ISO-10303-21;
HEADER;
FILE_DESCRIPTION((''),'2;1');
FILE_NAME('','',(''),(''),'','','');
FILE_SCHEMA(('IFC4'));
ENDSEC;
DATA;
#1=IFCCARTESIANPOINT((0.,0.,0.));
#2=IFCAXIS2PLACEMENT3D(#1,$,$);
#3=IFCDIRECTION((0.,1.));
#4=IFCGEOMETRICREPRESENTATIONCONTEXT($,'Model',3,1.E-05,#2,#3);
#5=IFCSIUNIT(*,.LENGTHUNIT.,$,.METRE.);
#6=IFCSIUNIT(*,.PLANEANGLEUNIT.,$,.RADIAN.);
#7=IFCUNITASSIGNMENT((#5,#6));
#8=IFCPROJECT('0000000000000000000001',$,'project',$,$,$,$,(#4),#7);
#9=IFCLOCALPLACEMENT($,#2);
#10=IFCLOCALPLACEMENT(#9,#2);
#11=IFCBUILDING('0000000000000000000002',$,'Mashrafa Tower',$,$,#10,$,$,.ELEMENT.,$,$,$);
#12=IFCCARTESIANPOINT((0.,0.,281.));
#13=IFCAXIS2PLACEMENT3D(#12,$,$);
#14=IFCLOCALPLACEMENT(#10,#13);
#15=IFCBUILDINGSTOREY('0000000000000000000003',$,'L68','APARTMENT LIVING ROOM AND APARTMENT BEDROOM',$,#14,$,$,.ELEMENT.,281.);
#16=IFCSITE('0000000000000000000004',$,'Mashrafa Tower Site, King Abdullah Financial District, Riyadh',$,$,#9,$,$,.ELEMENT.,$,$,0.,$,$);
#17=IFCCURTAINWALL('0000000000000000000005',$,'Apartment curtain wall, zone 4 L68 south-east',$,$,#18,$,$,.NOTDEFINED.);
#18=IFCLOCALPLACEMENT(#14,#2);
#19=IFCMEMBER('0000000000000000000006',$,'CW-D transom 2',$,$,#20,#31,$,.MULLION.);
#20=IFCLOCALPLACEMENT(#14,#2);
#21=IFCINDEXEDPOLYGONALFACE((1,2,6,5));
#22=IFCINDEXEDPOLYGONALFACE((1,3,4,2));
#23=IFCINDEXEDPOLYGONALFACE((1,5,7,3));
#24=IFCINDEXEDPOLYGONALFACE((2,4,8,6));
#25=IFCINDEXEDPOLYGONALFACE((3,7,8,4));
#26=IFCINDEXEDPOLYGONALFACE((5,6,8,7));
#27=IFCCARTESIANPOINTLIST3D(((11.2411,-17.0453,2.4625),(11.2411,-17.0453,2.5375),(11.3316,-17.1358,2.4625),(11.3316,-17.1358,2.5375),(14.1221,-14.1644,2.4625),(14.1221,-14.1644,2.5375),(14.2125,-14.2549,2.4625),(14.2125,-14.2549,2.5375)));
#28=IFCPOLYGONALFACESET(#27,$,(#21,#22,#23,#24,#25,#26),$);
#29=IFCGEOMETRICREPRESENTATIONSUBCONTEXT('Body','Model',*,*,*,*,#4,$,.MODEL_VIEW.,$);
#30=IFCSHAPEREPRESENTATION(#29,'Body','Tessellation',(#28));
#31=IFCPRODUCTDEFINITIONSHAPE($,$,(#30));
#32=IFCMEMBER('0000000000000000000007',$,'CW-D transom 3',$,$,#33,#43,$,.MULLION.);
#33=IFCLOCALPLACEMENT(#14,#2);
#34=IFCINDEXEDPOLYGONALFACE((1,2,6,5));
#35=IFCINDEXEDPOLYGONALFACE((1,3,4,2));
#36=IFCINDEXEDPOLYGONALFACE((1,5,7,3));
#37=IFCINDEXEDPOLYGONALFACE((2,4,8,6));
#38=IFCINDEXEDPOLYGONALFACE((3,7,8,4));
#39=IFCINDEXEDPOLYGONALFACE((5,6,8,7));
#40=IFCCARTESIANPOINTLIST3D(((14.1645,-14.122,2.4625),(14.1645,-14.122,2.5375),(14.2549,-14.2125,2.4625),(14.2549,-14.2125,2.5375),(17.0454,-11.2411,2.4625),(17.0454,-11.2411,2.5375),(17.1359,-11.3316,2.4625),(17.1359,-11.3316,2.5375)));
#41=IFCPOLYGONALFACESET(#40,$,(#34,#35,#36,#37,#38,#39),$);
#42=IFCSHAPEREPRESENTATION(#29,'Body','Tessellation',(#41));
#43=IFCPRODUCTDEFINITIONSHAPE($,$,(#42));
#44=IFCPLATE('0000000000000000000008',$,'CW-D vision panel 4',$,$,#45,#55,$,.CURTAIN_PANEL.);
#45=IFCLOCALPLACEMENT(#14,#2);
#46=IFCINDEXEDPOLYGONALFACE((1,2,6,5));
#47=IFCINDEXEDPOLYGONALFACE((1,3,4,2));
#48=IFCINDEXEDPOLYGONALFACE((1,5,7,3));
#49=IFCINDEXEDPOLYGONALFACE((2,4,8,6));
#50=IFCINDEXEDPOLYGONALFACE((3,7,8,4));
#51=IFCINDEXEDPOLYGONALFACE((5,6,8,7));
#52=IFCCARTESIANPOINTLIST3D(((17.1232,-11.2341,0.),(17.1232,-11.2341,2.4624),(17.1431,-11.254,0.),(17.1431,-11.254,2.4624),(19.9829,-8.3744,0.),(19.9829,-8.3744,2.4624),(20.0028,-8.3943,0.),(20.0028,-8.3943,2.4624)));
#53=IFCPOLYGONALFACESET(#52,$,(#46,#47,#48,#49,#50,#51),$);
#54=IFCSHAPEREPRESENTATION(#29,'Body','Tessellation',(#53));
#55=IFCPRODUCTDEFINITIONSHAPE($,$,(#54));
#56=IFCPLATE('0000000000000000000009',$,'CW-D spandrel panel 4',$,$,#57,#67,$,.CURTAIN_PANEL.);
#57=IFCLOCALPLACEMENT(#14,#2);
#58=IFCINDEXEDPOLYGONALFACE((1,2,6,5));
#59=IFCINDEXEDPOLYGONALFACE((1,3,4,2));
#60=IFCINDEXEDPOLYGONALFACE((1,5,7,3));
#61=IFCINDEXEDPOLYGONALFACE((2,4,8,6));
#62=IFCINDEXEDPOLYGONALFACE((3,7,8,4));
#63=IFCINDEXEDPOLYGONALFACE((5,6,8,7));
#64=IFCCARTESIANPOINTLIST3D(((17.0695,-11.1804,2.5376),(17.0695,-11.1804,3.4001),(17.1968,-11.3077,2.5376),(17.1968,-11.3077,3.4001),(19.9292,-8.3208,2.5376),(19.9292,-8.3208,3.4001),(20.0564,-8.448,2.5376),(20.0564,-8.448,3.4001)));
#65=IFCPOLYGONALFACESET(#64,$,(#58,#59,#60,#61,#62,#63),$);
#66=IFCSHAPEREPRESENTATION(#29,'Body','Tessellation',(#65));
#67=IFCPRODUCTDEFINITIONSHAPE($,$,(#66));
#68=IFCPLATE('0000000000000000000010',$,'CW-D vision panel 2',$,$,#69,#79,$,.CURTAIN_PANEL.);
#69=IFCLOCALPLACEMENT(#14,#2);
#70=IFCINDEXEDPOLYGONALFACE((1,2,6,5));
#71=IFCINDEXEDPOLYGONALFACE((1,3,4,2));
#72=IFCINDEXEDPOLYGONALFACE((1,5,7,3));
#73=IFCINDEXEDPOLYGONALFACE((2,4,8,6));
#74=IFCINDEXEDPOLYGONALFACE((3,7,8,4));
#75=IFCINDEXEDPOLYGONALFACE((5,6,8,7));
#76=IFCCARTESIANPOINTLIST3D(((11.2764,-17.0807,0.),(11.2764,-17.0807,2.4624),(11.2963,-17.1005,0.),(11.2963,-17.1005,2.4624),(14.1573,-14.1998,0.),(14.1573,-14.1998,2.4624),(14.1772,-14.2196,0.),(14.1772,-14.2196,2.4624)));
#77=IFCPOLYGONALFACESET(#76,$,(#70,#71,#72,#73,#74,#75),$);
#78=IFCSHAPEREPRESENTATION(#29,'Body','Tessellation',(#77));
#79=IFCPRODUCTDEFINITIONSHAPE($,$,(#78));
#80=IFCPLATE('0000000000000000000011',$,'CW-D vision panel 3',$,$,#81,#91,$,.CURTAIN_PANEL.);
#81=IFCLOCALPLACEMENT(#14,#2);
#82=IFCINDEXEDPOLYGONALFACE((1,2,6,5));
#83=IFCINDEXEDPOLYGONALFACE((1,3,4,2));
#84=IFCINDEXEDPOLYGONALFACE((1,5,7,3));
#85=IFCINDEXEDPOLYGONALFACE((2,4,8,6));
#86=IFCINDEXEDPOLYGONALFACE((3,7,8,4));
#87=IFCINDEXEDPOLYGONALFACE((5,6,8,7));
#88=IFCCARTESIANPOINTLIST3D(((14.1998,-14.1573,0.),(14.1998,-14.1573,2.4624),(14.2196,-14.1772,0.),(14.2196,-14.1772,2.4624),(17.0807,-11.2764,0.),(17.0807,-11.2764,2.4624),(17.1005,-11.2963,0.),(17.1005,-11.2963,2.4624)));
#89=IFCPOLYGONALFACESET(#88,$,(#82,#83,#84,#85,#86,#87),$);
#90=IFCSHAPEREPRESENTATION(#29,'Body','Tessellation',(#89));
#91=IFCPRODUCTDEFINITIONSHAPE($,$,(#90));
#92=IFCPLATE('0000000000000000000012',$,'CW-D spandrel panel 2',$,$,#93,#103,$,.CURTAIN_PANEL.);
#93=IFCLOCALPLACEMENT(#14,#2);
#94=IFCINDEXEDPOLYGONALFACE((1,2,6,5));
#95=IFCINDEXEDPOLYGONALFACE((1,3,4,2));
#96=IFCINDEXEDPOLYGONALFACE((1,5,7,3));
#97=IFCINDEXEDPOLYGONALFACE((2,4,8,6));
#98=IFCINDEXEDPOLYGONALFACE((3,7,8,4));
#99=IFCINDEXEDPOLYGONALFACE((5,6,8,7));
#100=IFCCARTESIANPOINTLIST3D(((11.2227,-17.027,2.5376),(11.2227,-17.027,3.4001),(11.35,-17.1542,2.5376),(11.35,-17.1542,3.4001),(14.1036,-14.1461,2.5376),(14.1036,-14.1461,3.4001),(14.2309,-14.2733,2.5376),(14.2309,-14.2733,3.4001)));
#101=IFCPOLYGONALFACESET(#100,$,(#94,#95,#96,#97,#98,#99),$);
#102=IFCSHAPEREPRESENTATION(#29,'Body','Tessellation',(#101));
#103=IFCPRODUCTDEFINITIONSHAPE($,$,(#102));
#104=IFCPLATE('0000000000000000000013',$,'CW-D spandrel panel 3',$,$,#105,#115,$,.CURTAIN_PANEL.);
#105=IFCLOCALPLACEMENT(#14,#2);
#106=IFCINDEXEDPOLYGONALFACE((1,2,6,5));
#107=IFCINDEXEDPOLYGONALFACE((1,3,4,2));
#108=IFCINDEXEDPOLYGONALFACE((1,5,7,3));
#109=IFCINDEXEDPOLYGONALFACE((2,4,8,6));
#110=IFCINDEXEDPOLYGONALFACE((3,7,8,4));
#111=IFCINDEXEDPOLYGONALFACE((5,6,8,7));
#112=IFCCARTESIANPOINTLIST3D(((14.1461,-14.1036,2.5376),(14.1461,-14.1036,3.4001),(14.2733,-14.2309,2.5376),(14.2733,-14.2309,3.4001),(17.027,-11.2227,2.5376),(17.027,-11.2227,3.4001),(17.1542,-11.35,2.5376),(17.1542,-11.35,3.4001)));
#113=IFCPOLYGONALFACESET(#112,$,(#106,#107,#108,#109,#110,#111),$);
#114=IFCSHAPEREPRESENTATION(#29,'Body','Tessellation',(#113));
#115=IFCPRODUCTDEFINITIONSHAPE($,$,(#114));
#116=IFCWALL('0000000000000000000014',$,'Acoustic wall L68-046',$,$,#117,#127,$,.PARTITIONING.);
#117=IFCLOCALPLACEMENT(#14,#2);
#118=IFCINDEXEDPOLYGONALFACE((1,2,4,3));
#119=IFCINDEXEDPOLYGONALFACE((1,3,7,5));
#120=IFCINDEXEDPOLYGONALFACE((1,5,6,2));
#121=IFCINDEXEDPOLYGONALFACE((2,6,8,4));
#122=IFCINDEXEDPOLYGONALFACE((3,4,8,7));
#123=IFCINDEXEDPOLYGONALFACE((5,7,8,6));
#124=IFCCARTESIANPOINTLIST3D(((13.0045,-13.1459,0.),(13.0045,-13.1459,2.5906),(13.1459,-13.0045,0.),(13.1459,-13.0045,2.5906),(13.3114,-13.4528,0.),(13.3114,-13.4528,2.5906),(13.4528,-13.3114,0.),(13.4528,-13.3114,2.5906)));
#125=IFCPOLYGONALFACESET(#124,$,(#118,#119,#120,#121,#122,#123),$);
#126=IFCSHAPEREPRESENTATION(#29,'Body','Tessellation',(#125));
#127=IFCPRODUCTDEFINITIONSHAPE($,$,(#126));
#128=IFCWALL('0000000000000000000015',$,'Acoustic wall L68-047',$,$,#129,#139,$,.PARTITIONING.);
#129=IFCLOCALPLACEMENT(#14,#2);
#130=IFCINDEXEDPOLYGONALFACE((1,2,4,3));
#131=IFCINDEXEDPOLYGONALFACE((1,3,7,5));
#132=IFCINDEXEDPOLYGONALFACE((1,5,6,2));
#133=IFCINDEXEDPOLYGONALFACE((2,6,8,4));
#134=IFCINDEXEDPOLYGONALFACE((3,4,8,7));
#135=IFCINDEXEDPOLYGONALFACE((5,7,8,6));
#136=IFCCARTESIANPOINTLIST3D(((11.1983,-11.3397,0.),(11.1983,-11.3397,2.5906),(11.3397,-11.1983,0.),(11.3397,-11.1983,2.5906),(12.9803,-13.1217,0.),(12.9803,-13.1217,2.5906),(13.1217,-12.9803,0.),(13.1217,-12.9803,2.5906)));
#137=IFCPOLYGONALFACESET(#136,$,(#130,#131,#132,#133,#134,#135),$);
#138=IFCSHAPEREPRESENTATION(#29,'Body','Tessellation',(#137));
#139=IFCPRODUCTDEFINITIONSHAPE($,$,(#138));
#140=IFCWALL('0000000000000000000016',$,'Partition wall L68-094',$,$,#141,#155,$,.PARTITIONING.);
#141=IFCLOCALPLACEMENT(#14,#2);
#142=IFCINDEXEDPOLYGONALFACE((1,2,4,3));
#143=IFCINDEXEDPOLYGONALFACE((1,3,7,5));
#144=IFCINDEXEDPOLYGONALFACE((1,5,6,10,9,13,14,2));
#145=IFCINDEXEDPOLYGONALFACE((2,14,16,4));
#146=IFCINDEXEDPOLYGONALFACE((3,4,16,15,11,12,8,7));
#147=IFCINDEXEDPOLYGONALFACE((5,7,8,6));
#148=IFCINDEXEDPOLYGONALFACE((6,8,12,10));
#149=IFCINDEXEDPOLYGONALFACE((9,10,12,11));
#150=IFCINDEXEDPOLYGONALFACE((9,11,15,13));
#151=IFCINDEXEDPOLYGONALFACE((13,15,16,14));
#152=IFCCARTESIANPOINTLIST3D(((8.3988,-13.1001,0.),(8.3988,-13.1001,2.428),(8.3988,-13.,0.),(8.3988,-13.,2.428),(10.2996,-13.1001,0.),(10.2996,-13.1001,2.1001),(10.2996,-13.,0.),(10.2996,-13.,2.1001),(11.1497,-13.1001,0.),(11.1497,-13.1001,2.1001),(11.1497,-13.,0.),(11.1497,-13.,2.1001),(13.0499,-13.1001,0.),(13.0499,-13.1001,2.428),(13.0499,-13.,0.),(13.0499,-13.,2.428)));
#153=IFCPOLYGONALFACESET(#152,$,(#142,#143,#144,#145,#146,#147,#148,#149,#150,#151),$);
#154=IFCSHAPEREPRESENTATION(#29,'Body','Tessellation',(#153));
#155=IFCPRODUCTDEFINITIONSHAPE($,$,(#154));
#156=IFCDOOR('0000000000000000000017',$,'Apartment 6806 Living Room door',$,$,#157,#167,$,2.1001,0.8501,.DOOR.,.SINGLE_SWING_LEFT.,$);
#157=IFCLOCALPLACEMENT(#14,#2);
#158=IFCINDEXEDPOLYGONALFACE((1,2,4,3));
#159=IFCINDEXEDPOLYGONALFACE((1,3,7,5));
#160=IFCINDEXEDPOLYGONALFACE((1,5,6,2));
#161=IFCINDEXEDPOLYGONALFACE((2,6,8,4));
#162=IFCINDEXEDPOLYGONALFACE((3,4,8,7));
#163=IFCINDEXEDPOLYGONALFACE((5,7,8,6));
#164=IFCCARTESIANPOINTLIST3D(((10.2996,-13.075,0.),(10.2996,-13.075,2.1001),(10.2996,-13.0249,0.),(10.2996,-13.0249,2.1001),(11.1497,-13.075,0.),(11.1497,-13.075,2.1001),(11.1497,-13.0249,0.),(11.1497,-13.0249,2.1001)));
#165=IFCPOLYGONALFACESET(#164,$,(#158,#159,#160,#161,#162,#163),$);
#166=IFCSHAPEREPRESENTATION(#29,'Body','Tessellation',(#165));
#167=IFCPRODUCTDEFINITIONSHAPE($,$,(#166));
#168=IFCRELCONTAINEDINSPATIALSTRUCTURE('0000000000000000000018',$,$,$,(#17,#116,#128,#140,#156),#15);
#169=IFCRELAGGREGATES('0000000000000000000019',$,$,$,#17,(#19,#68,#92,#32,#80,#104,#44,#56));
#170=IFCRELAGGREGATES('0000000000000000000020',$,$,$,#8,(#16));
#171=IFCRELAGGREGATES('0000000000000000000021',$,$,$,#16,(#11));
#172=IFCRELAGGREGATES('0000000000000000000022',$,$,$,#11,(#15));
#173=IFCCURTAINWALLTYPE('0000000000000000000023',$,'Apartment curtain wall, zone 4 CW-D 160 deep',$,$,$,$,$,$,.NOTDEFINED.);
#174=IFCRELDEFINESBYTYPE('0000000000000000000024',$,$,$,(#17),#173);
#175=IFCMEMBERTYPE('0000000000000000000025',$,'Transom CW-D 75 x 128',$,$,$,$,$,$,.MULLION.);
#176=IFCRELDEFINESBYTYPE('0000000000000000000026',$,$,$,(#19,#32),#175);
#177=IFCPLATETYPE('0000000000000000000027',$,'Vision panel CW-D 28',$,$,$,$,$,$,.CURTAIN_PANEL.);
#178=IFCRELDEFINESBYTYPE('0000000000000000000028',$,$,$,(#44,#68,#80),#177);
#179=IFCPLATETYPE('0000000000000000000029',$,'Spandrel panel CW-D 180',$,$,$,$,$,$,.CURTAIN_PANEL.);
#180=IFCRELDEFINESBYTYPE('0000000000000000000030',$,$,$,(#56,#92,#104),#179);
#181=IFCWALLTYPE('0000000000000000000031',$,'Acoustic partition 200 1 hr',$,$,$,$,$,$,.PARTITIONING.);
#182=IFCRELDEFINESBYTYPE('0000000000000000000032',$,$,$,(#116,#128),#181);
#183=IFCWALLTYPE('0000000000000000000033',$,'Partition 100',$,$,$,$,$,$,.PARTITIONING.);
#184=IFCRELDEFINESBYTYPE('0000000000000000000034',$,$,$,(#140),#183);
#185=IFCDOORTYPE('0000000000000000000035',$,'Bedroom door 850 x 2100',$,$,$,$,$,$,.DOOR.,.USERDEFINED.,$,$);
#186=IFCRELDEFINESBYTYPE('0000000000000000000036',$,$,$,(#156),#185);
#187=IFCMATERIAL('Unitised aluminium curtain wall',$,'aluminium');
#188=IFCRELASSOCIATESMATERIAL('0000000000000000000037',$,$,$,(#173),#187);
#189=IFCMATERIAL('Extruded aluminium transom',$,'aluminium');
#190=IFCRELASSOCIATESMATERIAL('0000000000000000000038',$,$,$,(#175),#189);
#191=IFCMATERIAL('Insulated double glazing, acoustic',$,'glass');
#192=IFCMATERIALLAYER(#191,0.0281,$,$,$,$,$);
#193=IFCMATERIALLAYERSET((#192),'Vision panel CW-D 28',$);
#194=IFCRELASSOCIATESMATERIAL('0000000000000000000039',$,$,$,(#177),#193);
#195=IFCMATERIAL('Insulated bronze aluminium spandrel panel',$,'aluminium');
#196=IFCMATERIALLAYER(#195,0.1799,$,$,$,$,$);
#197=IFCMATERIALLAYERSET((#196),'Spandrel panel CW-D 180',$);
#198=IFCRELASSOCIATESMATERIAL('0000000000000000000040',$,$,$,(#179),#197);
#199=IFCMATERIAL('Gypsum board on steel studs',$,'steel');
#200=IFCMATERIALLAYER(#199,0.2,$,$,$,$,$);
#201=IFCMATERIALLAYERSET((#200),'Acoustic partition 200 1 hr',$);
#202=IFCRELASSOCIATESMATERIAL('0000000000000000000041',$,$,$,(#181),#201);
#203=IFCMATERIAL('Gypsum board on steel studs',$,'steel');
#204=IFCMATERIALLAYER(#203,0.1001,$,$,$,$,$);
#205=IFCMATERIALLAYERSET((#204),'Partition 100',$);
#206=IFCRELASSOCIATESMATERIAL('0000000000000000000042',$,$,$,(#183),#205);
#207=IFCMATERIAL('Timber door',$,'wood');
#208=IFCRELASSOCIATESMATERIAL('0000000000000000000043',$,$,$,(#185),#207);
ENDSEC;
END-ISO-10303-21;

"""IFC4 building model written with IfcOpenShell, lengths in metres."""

from ifc_helpers import new_model, si_unit, direction, frame, frame_2d, origin, origin_2d, place, context, subcontext, project, spatial, rectangle, extrude, source, transform, mapped, material, layer, layer_set, material_profile, profile_set, type_object, type_shapes, element, fill, aggregate, save


model = new_model("IFC4")

# Units and contexts
model_context = context("Model", 3, precision=1e-05, world=origin(), true_north=direction((0.0, 1.0)))
body_context = subcontext(model_context, "Body", "Model", "MODEL_VIEW")
ifc_project = project(units=[si_unit("LENGTHUNIT", "METRE"), si_unit("PLANEANGLEUNIT", "RADIAN")], contexts=[model_context])

# Site, building, storey
site_placement = place(None, origin())
site = spatial("IfcSite", under=ifc_project, at=site_placement, Name="Mashrafa Tower Site, King Abdullah Financial District, Riyadh", CompositionType="ELEMENT", RefElevation=0.0)
building_placement = place(site_placement, origin())
building = spatial("IfcBuilding", under=site, at=building_placement, Name="Mashrafa Tower", CompositionType="ELEMENT")
storey_placement = place(building_placement, frame((0.0, 0.0, 281.0)))
storey = spatial("IfcBuildingStorey", under=building, at=storey_placement, Name="L68", Description="APARTMENT LIVING ROOM AND APARTMENT BEDROOM", CompositionType="ELEMENT", Elevation=281.0)

# Shared definitions
ifc_material_1 = material(Name="Unitised aluminium curtain wall", Category="aluminium")
curtain_wall_type = type_object("IfcCurtainWallType", Name="Apartment curtain wall, zone 4 CW-D 160 deep", PredefinedType="NOTDEFINED", material=ifc_material_1)

# Curtain wall, members, plates
curtain_wall_1_placement = place(storey_placement, origin())
curtain_wall_1 = element("IfcCurtainWall", 1, at=curtain_wall_1_placement, inside=storey, type_object=curtain_wall_type, Name="Apartment curtain wall, zone 4 L68 south-east", PredefinedType="NOTDEFINED")
ifc_material_2 = material(Name="Extruded aluminium transom", Category="aluminium")
ifc_material_profile_1 = material_profile(ifc_material_2, rectangle(XDim=0.1279, YDim=0.075, at=origin_2d()), Name="Transom 75x128")
ifc_profile_set_1 = profile_set([ifc_material_profile_1], Name="Extruded aluminium transom")
member_type_1 = type_object("IfcMemberType", Name="Transom CW-D 75 x 128", PredefinedType="MULLION", material=ifc_profile_set_1)
shared_shape_1 = source(origin(), body_context, "Body", "SweptSolid", [
    extrude(rectangle(XDim=0.1279, YDim=0.075, at=origin_2d()), origin(), (0.0, 0.0, 1.0), 4.0742),
])
member_1_placement = place(storey_placement, frame((11.2864, -17.0906, 2.5), z_axis=(0.707107, 0.707107, 0.0), x_axis=(-0.707107, 0.707107, 0.0)))
member_1 = element("IfcMember", 2, at=member_1_placement, type_object=member_type_1, Name="CW-D transom 2", PredefinedType="MULLION", context=body_context, shape_type="MappedRepresentation", body=[
    mapped(shared_shape_1, transform((0.0, 0.0, 0.0))),
])
member_2_placement = place(storey_placement, frame((14.2097, -14.1672, 2.5), z_axis=(0.707107, 0.707107, 0.0), x_axis=(-0.707107, 0.707107, 0.0)))
member_2 = element("IfcMember", 3, at=member_2_placement, type_object=member_type_1, Name="CW-D transom 3", PredefinedType="MULLION", context=body_context, shape_type="MappedRepresentation", body=[
    mapped(shared_shape_1, transform((0.0, 0.0, 0.0))),
])
ifc_material_3 = material(Name="Insulated double glazing, acoustic", Category="glass")
ifc_layer_1 = layer(ifc_material_3, 0.0281)
ifc_layer_set_1 = layer_set([ifc_layer_1], Name="Vision panel CW-D 28")
plate_type_1 = type_object("IfcPlateType", Name="Vision panel CW-D 28", PredefinedType="CURTAIN_PANEL", material=ifc_layer_set_1)
shared_shape_2 = source(origin(), body_context, "Body", "SweptSolid", [
    extrude(rectangle(XDim=4.0442, YDim=0.0281, at=origin_2d()), origin(), (0.0, 0.0, 1.0), 2.4624),
])
plate_1_placement = place(storey_placement, frame((18.563, -9.8142, 0.0), z_axis=(0.0, 0.0, 1.0), x_axis=(0.707107, 0.707107, 0.0)))
plate_1 = element("IfcPlate", 4, at=plate_1_placement, type_object=plate_type_1, Name="CW-D vision panel 4", PredefinedType="CURTAIN_PANEL", context=body_context, shape_type="MappedRepresentation", body=[
    mapped(shared_shape_2, transform((0.0, 0.0, 0.0))),
])
ifc_material_4 = material(Name="Insulated bronze aluminium spandrel panel", Category="aluminium")
ifc_layer_2 = layer(ifc_material_4, 0.1799)
ifc_layer_set_2 = layer_set([ifc_layer_2], Name="Spandrel panel CW-D 180")
plate_type_2 = type_object("IfcPlateType", Name="Spandrel panel CW-D 180", PredefinedType="CURTAIN_PANEL", material=ifc_layer_set_2)
shared_shape_3 = source(origin(), body_context, "Body", "SweptSolid", [
    extrude(rectangle(XDim=4.0442, YDim=0.1799, at=origin_2d()), origin(), (0.0, 0.0, 1.0), 0.8625),
])
plate_2_placement = place(storey_placement, frame((18.563, -9.8142, 2.5376), z_axis=(0.0, 0.0, 1.0), x_axis=(0.707107, 0.707107, 0.0)))
plate_2 = element("IfcPlate", 5, at=plate_2_placement, type_object=plate_type_2, Name="CW-D spandrel panel 4", PredefinedType="CURTAIN_PANEL", context=body_context, shape_type="MappedRepresentation", body=[
    mapped(shared_shape_3, transform((0.0, 0.0, 0.0))),
])
shared_shape_4 = source(origin(), body_context, "Body", "SweptSolid", [
    extrude(rectangle(XDim=4.0742, YDim=0.0281, at=origin_2d()), origin(), (0.0, 0.0, 1.0), 2.4624),
])
type_shapes(plate_type_1, [shared_shape_2, shared_shape_4])
plate_3_placement = place(storey_placement, frame((12.7268, -15.6501, 0.0), z_axis=(0.0, 0.0, 1.0), x_axis=(0.707107, 0.707107, 0.0)))
plate_3 = element("IfcPlate", 6, at=plate_3_placement, type_object=plate_type_1, Name="CW-D vision panel 2", PredefinedType="CURTAIN_PANEL", context=body_context, shape_type="MappedRepresentation", body=[
    mapped(shared_shape_4, transform((0.0, 0.0, 0.0))),
])
plate_4_placement = place(storey_placement, frame((15.6501, -12.7268, 0.0), z_axis=(0.0, 0.0, 1.0), x_axis=(0.707107, 0.707107, 0.0)))
plate_4 = element("IfcPlate", 7, at=plate_4_placement, type_object=plate_type_1, Name="CW-D vision panel 3", PredefinedType="CURTAIN_PANEL", context=body_context, shape_type="MappedRepresentation", body=[
    mapped(shared_shape_4, transform((0.0, 0.0, 0.0))),
])
shared_shape_5 = source(origin(), body_context, "Body", "SweptSolid", [
    extrude(rectangle(XDim=4.0742, YDim=0.1799, at=origin_2d()), origin(), (0.0, 0.0, 1.0), 0.8625),
])
type_shapes(plate_type_2, [shared_shape_3, shared_shape_5])
plate_5_placement = place(storey_placement, frame((12.7268, -15.6501, 2.5376), z_axis=(0.0, 0.0, 1.0), x_axis=(0.707107, 0.707107, 0.0)))
plate_5 = element("IfcPlate", 8, at=plate_5_placement, type_object=plate_type_2, Name="CW-D spandrel panel 2", PredefinedType="CURTAIN_PANEL", context=body_context, shape_type="MappedRepresentation", body=[
    mapped(shared_shape_5, transform((0.0, 0.0, 0.0))),
])
plate_6_placement = place(storey_placement, frame((15.6501, -12.7268, 2.5376), z_axis=(0.0, 0.0, 1.0), x_axis=(0.707107, 0.707107, 0.0)))
plate_6 = element("IfcPlate", 9, at=plate_6_placement, type_object=plate_type_2, Name="CW-D spandrel panel 3", PredefinedType="CURTAIN_PANEL", context=body_context, shape_type="MappedRepresentation", body=[
    mapped(shared_shape_5, transform((0.0, 0.0, 0.0))),
])
aggregate(curtain_wall_1, [member_1, plate_3, plate_5, member_2, plate_4, plate_6, plate_1, plate_2])

# Walls
ifc_material_5 = material(Name="Gypsum board on steel studs", Category="steel")
ifc_layer_3 = layer(ifc_material_5, 0.2)
ifc_layer_set_3 = layer_set([ifc_layer_3], Name="Acoustic partition 200 1 hr")
wall_type_1 = type_object("IfcWallType", Name="Acoustic partition 200 1 hr", PredefinedType="PARTITIONING", material=ifc_layer_set_3)
wall_1_placement = place(storey_placement, frame((13.0752, -13.0752, 0.0), z_axis=(0.0, 0.0, 1.0), x_axis=(0.707107, -0.707107, 0.0)))
element("IfcWall", 10, at=wall_1_placement, inside=storey, type_object=wall_type_1, Name="Acoustic wall L68-046", PredefinedType="PARTITIONING", context=body_context, shape_type="SweptSolid", body=[
    extrude(rectangle(XDim=0.4341, YDim=0.2, at=frame_2d((0.217, 0.0))), origin(), (0.0, 0.0, 1.0), 2.5906),
])
wall_2_placement = place(storey_placement, frame((11.269, -11.269, 0.0), z_axis=(0.0, 0.0, 1.0), x_axis=(0.707107, -0.707107, 0.0)))
element("IfcWall", 11, at=wall_2_placement, inside=storey, type_object=wall_type_1, Name="Acoustic wall L68-047", PredefinedType="PARTITIONING", context=body_context, shape_type="SweptSolid", body=[
    extrude(rectangle(XDim=2.52, YDim=0.2, at=frame_2d((1.26, 0.0))), origin(), (0.0, 0.0, 1.0), 2.5906),
])

# Wall, opening, door
ifc_material_6 = material(Name="Gypsum board on steel studs", Category="steel")
ifc_layer_4 = layer(ifc_material_6, 0.1001)
ifc_layer_set_4 = layer_set([ifc_layer_4], Name="Partition 100")
wall_type_2 = type_object("IfcWallType", Name="Partition 100", PredefinedType="PARTITIONING", material=ifc_layer_set_4)
wall_3_placement = place(storey_placement, frame((13.05, -13.05, 0.0), z_axis=(0.0, 0.0, 1.0), x_axis=(-1.0, 0.0, 0.0)))
wall_3 = element("IfcWall", 12, at=wall_3_placement, inside=storey, type_object=wall_type_2, Name="Partition wall L68-094", PredefinedType="PARTITIONING", context=body_context, shape_type="SweptSolid", body=[
    extrude(rectangle(XDim=4.6511, YDim=0.1001, at=frame_2d((2.3257, 0.0))), origin(), (0.0, 0.0, 1.0), 2.428),
])
opening_placement = place(wall_3_placement, frame((1.9004, 0.0, 0.0)))
opening = element("IfcOpeningElement", 13, at=opening_placement, cuts=wall_3, PredefinedType="OPENING", context=body_context, shape_type="SweptSolid", body=[
    extrude(rectangle(XDim=0.8501, YDim=2.1001, at=frame_2d((0.425, 1.05))), frame((0.0, 0.0601, 0.0), z_axis=(0.0, -1.0, 0.0), x_axis=(1.0, 0.0, 0.0)), (0.0, 0.0, 1.0), 0.1201),
])
ifc_material_7 = material(Name="Timber door", Category="wood")
door_type = type_object("IfcDoorType", Name="Bedroom door 850 x 2100", OperationType="USERDEFINED", PredefinedType="DOOR", material=ifc_material_7)
door_placement = place(opening_placement, origin())
door = element("IfcDoor", 14, at=door_placement, inside=storey, type_object=door_type, Name="Apartment 6806 Living Room door", OperationType="SINGLE_SWING_LEFT", OverallHeight=2.1001, OverallWidth=0.8501, PredefinedType="DOOR", context=body_context, shape_type="SweptSolid", body=[
    extrude(rectangle(XDim=0.8501, YDim=2.1001, at=frame_2d((0.425, 1.05))), frame((0.0, 0.0249, 0.0), z_axis=(0.0, -1.0, 0.0), x_axis=(1.0, 0.0, 0.0)), (0.0, 0.0, 1.0), 0.05),
])
fill(opening, door)

save(model, "model.ifc")
